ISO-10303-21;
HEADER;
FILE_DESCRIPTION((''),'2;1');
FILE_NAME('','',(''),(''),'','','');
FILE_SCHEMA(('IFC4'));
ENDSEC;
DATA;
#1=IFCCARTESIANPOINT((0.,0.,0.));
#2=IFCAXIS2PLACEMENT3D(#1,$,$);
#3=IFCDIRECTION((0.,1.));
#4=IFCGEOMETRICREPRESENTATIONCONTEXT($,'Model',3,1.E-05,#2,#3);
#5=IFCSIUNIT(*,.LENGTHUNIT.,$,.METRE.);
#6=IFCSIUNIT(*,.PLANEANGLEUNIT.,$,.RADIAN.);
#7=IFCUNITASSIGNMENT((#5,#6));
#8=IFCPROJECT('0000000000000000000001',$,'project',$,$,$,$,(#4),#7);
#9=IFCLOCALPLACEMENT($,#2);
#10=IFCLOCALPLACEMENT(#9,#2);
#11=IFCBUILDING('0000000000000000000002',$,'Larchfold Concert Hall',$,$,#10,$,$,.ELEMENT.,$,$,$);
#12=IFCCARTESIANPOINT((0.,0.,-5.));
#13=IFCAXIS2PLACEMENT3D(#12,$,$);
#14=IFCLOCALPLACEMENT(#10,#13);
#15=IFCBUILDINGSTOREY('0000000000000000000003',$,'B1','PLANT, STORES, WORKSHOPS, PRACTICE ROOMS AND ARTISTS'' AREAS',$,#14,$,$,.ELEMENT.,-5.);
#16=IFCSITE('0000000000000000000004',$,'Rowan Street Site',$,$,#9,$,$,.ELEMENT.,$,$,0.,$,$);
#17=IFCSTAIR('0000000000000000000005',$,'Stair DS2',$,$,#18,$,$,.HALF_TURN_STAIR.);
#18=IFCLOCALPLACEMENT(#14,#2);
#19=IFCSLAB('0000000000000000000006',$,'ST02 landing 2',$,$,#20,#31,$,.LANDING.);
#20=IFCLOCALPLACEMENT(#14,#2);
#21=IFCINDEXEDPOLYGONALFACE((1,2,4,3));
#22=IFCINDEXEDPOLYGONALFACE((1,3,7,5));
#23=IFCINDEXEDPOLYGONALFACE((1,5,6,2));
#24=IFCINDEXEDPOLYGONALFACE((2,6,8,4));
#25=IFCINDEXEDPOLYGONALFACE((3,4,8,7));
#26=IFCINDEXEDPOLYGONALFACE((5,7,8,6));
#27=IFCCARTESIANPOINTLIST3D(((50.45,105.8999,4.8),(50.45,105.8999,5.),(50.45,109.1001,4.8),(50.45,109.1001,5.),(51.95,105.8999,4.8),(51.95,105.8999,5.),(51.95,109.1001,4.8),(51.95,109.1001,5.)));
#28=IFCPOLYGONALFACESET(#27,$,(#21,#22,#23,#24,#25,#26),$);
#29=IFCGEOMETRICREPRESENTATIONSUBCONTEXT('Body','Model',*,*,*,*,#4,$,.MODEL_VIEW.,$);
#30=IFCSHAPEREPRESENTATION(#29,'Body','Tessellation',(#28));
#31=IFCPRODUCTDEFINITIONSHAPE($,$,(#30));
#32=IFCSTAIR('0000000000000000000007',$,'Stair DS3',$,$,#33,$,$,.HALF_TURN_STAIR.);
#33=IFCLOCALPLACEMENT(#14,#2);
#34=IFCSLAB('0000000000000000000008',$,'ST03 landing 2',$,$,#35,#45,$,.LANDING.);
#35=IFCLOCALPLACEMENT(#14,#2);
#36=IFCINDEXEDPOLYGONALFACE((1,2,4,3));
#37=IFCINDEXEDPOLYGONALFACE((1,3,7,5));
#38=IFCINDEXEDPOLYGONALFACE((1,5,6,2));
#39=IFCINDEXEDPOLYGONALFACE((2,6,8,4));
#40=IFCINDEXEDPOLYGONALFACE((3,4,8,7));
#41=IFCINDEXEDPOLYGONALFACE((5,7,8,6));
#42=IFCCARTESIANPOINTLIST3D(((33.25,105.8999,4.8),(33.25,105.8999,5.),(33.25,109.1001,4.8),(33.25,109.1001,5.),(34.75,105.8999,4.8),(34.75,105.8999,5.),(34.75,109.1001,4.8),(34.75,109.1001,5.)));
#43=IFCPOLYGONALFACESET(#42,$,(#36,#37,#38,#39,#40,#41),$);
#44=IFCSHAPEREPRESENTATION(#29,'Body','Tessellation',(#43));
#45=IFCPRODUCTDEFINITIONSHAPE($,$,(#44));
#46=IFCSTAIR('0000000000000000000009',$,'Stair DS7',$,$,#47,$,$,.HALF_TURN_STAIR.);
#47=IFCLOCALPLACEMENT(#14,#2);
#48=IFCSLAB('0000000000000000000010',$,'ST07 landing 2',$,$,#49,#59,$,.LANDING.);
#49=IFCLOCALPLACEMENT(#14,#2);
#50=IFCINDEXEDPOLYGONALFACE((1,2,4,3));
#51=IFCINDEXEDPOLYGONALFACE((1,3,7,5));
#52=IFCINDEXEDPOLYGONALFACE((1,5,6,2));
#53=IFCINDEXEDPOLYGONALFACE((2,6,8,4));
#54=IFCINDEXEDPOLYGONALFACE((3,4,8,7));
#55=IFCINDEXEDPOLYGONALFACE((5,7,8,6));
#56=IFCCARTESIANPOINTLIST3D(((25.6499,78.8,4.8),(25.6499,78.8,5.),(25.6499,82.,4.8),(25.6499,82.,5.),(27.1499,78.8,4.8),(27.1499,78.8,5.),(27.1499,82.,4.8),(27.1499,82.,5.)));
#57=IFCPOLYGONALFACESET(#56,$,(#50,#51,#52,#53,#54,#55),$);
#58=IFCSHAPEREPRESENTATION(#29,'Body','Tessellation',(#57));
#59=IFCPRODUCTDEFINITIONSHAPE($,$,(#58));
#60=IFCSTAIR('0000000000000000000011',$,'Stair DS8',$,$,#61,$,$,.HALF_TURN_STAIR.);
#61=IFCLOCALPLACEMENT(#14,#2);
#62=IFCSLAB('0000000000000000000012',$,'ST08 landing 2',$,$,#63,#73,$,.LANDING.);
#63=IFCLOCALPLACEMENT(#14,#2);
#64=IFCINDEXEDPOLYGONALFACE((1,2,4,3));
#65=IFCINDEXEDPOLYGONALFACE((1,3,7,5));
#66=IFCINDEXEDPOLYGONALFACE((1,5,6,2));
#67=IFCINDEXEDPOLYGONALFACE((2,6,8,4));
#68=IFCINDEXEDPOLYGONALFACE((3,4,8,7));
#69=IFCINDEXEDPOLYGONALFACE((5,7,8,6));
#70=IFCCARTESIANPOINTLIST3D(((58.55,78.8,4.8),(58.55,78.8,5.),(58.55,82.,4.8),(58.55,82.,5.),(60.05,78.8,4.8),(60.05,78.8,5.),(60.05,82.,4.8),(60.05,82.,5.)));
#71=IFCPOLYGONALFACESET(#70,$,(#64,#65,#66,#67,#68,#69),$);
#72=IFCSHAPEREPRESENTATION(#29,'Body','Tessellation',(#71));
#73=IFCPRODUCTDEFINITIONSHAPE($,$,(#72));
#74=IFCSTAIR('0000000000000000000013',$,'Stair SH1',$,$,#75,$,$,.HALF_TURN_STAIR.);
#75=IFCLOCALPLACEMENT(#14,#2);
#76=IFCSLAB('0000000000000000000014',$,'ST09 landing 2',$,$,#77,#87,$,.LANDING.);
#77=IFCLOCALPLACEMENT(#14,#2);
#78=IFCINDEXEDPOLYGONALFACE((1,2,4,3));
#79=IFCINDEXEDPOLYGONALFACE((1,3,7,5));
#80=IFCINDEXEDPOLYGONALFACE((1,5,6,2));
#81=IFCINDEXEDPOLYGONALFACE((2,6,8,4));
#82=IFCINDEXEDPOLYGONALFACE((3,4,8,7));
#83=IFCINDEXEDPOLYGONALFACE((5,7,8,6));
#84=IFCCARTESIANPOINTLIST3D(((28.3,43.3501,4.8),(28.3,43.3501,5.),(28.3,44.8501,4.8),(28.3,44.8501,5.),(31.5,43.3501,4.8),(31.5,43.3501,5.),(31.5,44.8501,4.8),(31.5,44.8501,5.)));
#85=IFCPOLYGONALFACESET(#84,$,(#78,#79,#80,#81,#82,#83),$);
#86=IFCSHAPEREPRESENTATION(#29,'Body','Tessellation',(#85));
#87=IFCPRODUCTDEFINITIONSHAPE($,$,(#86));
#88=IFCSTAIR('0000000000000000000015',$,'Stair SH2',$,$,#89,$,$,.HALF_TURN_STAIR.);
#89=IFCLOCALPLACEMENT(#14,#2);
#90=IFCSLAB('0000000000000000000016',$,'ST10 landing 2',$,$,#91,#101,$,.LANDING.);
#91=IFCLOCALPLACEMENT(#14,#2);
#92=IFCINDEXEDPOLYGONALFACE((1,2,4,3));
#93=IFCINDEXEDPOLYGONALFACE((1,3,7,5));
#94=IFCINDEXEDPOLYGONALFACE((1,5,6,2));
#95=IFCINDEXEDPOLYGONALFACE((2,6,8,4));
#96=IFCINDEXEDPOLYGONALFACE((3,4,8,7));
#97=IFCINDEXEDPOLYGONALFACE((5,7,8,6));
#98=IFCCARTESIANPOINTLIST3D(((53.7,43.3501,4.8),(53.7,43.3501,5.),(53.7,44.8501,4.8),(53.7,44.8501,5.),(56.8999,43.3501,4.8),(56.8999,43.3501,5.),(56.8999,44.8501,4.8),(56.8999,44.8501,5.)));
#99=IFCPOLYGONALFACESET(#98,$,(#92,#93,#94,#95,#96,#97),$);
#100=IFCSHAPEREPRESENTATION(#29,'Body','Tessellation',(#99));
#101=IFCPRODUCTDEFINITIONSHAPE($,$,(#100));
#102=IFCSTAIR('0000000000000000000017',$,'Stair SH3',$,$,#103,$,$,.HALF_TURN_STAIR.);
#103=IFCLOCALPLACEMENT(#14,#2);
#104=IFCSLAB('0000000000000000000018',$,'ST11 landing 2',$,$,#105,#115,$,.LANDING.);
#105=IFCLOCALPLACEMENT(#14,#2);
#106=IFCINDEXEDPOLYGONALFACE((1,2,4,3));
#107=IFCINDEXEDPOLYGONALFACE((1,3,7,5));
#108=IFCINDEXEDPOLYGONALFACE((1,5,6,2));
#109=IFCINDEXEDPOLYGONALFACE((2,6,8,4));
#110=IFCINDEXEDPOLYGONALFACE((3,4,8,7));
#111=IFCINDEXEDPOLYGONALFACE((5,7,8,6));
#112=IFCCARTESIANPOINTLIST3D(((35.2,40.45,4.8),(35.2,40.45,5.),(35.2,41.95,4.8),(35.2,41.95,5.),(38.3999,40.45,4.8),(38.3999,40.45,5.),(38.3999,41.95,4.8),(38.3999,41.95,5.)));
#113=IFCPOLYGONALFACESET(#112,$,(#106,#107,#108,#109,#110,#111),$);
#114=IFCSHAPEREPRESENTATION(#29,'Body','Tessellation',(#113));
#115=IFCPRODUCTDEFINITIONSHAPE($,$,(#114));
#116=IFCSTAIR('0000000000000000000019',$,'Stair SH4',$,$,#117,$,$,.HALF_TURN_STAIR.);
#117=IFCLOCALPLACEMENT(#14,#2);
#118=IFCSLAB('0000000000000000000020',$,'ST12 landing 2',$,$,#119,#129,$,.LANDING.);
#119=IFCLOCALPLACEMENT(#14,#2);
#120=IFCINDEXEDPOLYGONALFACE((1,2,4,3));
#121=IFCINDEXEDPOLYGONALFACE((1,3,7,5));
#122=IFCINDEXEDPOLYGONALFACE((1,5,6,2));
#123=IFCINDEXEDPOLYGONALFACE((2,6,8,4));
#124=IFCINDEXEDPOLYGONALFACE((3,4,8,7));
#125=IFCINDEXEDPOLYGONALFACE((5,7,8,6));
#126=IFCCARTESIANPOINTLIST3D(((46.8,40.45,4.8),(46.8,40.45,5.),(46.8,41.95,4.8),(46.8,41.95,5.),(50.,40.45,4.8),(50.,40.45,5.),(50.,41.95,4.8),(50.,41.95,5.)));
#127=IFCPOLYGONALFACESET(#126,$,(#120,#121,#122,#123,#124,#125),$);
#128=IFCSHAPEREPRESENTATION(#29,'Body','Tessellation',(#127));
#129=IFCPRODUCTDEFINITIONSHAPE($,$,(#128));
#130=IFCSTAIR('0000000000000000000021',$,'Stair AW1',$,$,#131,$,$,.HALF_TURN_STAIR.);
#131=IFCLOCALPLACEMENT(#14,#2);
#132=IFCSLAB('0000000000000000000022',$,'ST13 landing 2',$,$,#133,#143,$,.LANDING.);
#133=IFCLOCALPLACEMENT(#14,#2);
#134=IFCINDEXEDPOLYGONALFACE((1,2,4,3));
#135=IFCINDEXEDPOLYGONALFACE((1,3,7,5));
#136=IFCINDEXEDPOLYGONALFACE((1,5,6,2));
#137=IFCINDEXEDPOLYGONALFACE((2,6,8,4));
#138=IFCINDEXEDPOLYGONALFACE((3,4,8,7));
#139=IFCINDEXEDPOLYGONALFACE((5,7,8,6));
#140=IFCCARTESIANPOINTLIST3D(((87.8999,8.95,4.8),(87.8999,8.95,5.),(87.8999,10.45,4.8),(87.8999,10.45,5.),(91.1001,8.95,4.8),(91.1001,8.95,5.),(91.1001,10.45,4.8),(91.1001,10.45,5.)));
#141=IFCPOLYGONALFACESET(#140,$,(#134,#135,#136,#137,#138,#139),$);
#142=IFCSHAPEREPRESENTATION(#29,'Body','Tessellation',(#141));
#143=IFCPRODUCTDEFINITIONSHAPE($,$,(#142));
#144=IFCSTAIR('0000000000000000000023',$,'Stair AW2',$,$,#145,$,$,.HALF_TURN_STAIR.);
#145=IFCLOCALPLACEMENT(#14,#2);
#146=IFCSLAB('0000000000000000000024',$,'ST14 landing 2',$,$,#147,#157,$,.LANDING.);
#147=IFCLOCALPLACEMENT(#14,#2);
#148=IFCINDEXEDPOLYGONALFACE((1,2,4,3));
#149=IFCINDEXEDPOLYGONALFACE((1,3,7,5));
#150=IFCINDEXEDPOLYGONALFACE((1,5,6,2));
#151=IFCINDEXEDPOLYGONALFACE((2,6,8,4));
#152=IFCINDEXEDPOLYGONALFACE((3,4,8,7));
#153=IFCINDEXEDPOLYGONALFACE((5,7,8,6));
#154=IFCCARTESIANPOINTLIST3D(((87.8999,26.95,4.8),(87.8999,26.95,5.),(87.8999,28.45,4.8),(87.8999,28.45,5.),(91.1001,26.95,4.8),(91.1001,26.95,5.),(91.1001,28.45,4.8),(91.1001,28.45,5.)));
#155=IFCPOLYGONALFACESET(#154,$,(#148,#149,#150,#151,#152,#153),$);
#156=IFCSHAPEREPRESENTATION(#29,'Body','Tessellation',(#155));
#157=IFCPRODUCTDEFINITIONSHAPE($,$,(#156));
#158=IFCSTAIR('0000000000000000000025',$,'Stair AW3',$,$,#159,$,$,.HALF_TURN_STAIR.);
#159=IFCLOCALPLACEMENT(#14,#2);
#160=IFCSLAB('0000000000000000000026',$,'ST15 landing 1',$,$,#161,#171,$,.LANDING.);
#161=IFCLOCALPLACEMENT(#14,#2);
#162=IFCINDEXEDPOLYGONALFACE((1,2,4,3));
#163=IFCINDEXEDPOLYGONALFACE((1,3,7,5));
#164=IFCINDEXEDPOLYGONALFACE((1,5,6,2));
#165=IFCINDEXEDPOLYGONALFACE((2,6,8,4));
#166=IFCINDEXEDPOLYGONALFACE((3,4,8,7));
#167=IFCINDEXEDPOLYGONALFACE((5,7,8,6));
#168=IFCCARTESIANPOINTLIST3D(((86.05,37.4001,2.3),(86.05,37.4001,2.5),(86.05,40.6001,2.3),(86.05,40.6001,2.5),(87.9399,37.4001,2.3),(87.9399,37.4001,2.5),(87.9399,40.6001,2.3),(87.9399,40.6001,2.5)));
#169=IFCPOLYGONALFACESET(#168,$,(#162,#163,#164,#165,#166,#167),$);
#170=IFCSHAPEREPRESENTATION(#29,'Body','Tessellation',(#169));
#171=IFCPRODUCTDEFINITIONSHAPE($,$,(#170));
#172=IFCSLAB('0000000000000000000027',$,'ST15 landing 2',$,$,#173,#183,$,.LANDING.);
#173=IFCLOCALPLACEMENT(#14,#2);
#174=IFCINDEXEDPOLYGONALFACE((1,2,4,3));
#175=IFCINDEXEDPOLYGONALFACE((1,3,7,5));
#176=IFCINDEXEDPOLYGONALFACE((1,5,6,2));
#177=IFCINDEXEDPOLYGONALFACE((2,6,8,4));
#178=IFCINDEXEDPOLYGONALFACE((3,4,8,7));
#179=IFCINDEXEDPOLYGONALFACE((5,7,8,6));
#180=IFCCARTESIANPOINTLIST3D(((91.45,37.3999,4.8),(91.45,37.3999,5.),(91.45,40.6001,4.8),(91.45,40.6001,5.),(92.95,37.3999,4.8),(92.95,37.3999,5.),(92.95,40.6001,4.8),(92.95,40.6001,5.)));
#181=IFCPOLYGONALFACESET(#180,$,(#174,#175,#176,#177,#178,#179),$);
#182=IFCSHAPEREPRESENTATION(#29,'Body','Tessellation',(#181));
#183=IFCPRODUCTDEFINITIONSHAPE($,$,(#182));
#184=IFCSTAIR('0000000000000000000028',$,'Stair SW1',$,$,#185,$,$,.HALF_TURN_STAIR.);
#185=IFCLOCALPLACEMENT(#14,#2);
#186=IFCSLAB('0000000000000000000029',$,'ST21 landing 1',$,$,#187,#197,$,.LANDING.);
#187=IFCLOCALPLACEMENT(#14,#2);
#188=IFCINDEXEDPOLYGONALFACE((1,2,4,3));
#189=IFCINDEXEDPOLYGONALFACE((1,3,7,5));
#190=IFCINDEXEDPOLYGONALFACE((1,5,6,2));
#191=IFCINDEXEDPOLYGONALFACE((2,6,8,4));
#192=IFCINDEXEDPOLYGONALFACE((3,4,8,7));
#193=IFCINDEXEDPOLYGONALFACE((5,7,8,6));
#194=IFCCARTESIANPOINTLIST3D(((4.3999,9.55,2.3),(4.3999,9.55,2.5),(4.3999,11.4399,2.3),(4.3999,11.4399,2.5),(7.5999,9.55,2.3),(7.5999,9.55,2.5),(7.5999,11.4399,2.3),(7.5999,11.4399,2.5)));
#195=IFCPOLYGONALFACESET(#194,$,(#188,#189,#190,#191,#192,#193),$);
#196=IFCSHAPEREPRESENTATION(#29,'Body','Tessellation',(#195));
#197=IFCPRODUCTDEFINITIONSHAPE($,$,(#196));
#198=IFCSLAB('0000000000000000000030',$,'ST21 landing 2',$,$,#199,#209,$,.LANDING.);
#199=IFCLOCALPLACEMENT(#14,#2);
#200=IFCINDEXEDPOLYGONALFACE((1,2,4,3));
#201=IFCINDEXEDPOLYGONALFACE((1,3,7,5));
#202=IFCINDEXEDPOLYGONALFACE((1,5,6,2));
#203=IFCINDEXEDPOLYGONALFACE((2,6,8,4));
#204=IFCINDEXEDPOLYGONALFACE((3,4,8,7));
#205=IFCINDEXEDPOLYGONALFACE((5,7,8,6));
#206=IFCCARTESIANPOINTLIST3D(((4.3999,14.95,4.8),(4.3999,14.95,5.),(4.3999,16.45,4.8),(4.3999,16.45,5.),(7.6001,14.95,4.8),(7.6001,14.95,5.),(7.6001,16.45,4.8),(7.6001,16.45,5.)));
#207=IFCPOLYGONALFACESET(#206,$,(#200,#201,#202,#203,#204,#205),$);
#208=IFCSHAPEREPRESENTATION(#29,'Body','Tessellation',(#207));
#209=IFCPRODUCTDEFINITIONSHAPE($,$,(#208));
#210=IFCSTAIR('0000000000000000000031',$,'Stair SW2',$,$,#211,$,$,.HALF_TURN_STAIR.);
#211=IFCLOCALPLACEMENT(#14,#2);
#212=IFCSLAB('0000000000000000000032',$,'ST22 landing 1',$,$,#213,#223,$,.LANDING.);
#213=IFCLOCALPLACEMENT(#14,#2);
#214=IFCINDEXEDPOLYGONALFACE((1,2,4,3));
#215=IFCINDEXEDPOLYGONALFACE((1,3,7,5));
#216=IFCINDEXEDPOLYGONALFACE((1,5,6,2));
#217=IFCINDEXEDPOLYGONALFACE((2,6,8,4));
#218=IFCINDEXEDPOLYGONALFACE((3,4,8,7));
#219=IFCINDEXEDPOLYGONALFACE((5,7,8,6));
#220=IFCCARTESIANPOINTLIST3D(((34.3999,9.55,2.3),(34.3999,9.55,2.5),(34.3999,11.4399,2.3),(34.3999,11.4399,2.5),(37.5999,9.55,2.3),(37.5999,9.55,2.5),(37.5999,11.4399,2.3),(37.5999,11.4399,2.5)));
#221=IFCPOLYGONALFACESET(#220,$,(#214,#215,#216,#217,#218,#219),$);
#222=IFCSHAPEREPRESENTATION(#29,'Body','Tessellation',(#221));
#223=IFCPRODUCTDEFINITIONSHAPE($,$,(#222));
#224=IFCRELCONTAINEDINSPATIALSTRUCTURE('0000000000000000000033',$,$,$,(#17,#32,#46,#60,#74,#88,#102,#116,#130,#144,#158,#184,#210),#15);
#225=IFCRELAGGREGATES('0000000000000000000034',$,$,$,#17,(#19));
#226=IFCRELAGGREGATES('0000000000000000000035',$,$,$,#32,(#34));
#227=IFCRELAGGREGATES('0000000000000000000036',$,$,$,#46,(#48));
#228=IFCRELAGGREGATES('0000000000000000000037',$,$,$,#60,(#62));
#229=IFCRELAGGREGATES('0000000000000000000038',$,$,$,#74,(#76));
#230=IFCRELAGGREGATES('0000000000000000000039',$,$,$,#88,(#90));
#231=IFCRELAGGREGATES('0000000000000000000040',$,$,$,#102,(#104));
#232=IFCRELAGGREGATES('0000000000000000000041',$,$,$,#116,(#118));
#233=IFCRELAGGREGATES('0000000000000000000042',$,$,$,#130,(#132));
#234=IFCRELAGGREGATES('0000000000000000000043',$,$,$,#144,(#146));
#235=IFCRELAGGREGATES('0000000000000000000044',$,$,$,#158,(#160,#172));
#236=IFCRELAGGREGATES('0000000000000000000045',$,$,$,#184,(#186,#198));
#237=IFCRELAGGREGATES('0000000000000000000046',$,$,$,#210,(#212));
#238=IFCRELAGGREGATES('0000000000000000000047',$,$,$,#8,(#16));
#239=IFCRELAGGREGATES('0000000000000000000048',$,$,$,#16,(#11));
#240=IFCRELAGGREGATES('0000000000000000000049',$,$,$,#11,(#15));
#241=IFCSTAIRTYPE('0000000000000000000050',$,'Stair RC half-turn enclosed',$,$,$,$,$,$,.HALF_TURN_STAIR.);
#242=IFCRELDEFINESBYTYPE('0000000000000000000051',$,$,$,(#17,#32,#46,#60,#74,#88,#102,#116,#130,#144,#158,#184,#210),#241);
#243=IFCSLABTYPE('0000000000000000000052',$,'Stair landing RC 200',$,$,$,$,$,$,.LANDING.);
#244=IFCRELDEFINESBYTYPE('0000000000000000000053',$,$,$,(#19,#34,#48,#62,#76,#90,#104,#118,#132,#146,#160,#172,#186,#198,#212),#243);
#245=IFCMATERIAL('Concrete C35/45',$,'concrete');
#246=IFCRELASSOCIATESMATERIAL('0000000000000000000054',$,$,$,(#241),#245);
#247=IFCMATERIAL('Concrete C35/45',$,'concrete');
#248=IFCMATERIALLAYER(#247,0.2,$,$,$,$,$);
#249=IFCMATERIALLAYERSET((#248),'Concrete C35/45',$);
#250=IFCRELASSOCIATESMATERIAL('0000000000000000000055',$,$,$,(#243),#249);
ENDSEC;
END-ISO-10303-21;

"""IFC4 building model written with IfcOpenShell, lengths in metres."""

from ifc_helpers import new_model, si_unit, direction, frame, origin, place, context, subcontext, project, spatial, polyline, outline, extrude, material, layer, layer_set, type_object, element, aggregate, save


model = new_model("IFC4")

# Units and contexts
model_context = context("Model", 3, precision=1e-05, world=origin(), true_north=direction((0.0, 1.0)))
body_context = subcontext(model_context, "Body", "Model", "MODEL_VIEW")
ifc_project = project(units=[si_unit("LENGTHUNIT", "METRE"), si_unit("PLANEANGLEUNIT", "RADIAN")], contexts=[model_context])

# Site, building, storey
site_placement = place(None, origin())
site = spatial("IfcSite", under=ifc_project, at=site_placement, Name="Rowan Street Site", CompositionType="ELEMENT", RefElevation=0.0)
building_placement = place(site_placement, origin())
building = spatial("IfcBuilding", under=site, at=building_placement, Name="Larchfold Concert Hall", CompositionType="ELEMENT")
storey_placement = place(building_placement, frame((0.0, 0.0, -5.0)))
storey = spatial("IfcBuildingStorey", under=building, at=storey_placement, Name="B1", Description="PLANT, STORES, WORKSHOPS, PRACTICE ROOMS AND ARTISTS' AREAS", CompositionType="ELEMENT", Elevation=-5.0)

# Stairs, slabs
ifc_material_1 = material(Name="Concrete C35/45", Category="concrete")
stair_type = type_object("IfcStairType", Name="Stair RC half-turn enclosed", PredefinedType="HALF_TURN_STAIR", material=ifc_material_1)
stair_1_placement = place(storey_placement, origin())
stair_1 = element("IfcStair", 1, at=stair_1_placement, inside=storey, type_object=stair_type, Name="Stair DS2", PredefinedType="HALF_TURN_STAIR")
ifc_material_2 = material(Name="Concrete C35/45", Category="concrete")
ifc_layer_1 = layer(ifc_material_2, 0.2)
ifc_layer_set_1 = layer_set([ifc_layer_1], Name="Concrete C35/45")
slab_type = type_object("IfcSlabType", Name="Stair landing RC 200", PredefinedType="LANDING", material=ifc_layer_set_1)
slab_1_placement = place(storey_placement, frame((0.0, 0.0, 4.8)))
slab_1 = element("IfcSlab", 2, at=slab_1_placement, type_object=slab_type, Name="ST02 landing 2", PredefinedType="LANDING", context=body_context, shape_type="SweptSolid", body=[
    extrude(outline(polyline([(50.45, 105.8999), (51.95, 105.8999), (51.95, 109.1001), (50.45, 109.1001), (50.45, 105.8999)])), origin(), (0.0, 0.0, 1.0), 0.2),
])
aggregate(stair_1, [slab_1])
stair_2_placement = place(storey_placement, origin())
stair_2 = element("IfcStair", 3, at=stair_2_placement, inside=storey, type_object=stair_type, Name="Stair DS3", PredefinedType="HALF_TURN_STAIR")
slab_2_placement = place(storey_placement, frame((0.0, 0.0, 4.8)))
slab_2 = element("IfcSlab", 4, at=slab_2_placement, type_object=slab_type, Name="ST03 landing 2", PredefinedType="LANDING", context=body_context, shape_type="SweptSolid", body=[
    extrude(outline(polyline([(34.75, 109.1001), (33.25, 109.1001), (33.25, 105.8999), (34.75, 105.8999), (34.75, 109.1001)])), origin(), (0.0, 0.0, 1.0), 0.2),
])
aggregate(stair_2, [slab_2])
stair_3_placement = place(storey_placement, origin())
stair_3 = element("IfcStair", 5, at=stair_3_placement, inside=storey, type_object=stair_type, Name="Stair DS7", PredefinedType="HALF_TURN_STAIR")
slab_3_placement = place(storey_placement, frame((0.0, 0.0, 4.8)))
slab_3 = element("IfcSlab", 6, at=slab_3_placement, type_object=slab_type, Name="ST07 landing 2", PredefinedType="LANDING", context=body_context, shape_type="SweptSolid", body=[
    extrude(outline(polyline([(27.1499, 82.0), (25.6499, 82.0), (25.6499, 78.8), (27.1499, 78.8), (27.1499, 82.0)])), origin(), (0.0, 0.0, 1.0), 0.2),
])
aggregate(stair_3, [slab_3])
stair_4_placement = place(storey_placement, origin())
stair_4 = element("IfcStair", 7, at=stair_4_placement, inside=storey, type_object=stair_type, Name="Stair DS8", PredefinedType="HALF_TURN_STAIR")
slab_4_placement = place(storey_placement, frame((0.0, 0.0, 4.8)))
slab_4 = element("IfcSlab", 8, at=slab_4_placement, type_object=slab_type, Name="ST08 landing 2", PredefinedType="LANDING", context=body_context, shape_type="SweptSolid", body=[
    extrude(outline(polyline([(58.55, 78.8), (60.05, 78.8), (60.05, 82.0), (58.55, 82.0), (58.55, 78.8)])), origin(), (0.0, 0.0, 1.0), 0.2),
])
aggregate(stair_4, [slab_4])
stair_5_placement = place(storey_placement, origin())
stair_5 = element("IfcStair", 9, at=stair_5_placement, inside=storey, type_object=stair_type, Name="Stair SH1", PredefinedType="HALF_TURN_STAIR")
slab_5_placement = place(storey_placement, frame((0.0, 0.0, 4.8)))
slab_5 = element("IfcSlab", 10, at=slab_5_placement, type_object=slab_type, Name="ST09 landing 2", PredefinedType="LANDING", context=body_context, shape_type="SweptSolid", body=[
    extrude(outline(polyline([(31.5, 43.3501), (31.5, 44.8501), (28.3, 44.8501), (28.3, 43.3501), (31.5, 43.3501)])), origin(), (0.0, 0.0, 1.0), 0.2),
])
aggregate(stair_5, [slab_5])
stair_6_placement = place(storey_placement, origin())
stair_6 = element("IfcStair", 11, at=stair_6_placement, inside=storey, type_object=stair_type, Name="Stair SH2", PredefinedType="HALF_TURN_STAIR")
slab_6_placement = place(storey_placement, frame((0.0, 0.0, 4.8)))
slab_6 = element("IfcSlab", 12, at=slab_6_placement, type_object=slab_type, Name="ST10 landing 2", PredefinedType="LANDING", context=body_context, shape_type="SweptSolid", body=[
    extrude(outline(polyline([(56.8999, 43.3501), (56.8999, 44.8501), (53.7, 44.8501), (53.7, 43.3501), (56.8999, 43.3501)])), origin(), (0.0, 0.0, 1.0), 0.2),
])
aggregate(stair_6, [slab_6])
stair_7_placement = place(storey_placement, origin())
stair_7 = element("IfcStair", 13, at=stair_7_placement, inside=storey, type_object=stair_type, Name="Stair SH3", PredefinedType="HALF_TURN_STAIR")
slab_7_placement = place(storey_placement, frame((0.0, 0.0, 4.8)))
slab_7 = element("IfcSlab", 14, at=slab_7_placement, type_object=slab_type, Name="ST11 landing 2", PredefinedType="LANDING", context=body_context, shape_type="SweptSolid", body=[
    extrude(outline(polyline([(35.2, 41.95), (35.2, 40.45), (38.3999, 40.45), (38.3999, 41.95), (35.2, 41.95)])), origin(), (0.0, 0.0, 1.0), 0.2),
])
aggregate(stair_7, [slab_7])
stair_8_placement = place(storey_placement, origin())
stair_8 = element("IfcStair", 15, at=stair_8_placement, inside=storey, type_object=stair_type, Name="Stair SH4", PredefinedType="HALF_TURN_STAIR")
slab_8_placement = place(storey_placement, frame((0.0, 0.0, 4.8)))
slab_8 = element("IfcSlab", 16, at=slab_8_placement, type_object=slab_type, Name="ST12 landing 2", PredefinedType="LANDING", context=body_context, shape_type="SweptSolid", body=[
    extrude(outline(polyline([(46.8, 41.95), (46.8, 40.45), (50.0, 40.45), (50.0, 41.95), (46.8, 41.95)])), origin(), (0.0, 0.0, 1.0), 0.2),
])
aggregate(stair_8, [slab_8])
stair_9_placement = place(storey_placement, origin())
stair_9 = element("IfcStair", 17, at=stair_9_placement, inside=storey, type_object=stair_type, Name="Stair AW1", PredefinedType="HALF_TURN_STAIR")
slab_9_placement = place(storey_placement, frame((0.0, 0.0, 4.8)))
slab_9 = element("IfcSlab", 18, at=slab_9_placement, type_object=slab_type, Name="ST13 landing 2", PredefinedType="LANDING", context=body_context, shape_type="SweptSolid", body=[
    extrude(outline(polyline([(87.8999, 10.45), (87.8999, 8.95), (91.1001, 8.95), (91.1001, 10.45), (87.8999, 10.45)])), origin(), (0.0, 0.0, 1.0), 0.2),
])
aggregate(stair_9, [slab_9])
stair_10_placement = place(storey_placement, origin())
stair_10 = element("IfcStair", 19, at=stair_10_placement, inside=storey, type_object=stair_type, Name="Stair AW2", PredefinedType="HALF_TURN_STAIR")
slab_10_placement = place(storey_placement, frame((0.0, 0.0, 4.8)))
slab_10 = element("IfcSlab", 20, at=slab_10_placement, type_object=slab_type, Name="ST14 landing 2", PredefinedType="LANDING", context=body_context, shape_type="SweptSolid", body=[
    extrude(outline(polyline([(87.8999, 28.45), (87.8999, 26.95), (91.1001, 26.95), (91.1001, 28.45), (87.8999, 28.45)])), origin(), (0.0, 0.0, 1.0), 0.2),
])
aggregate(stair_10, [slab_10])

# Stairs, slabs
stair_11_placement = place(storey_placement, origin())
stair_11 = element("IfcStair", 21, at=stair_11_placement, inside=storey, type_object=stair_type, Name="Stair AW3", PredefinedType="HALF_TURN_STAIR")
slab_11_placement = place(storey_placement, frame((0.0, 0.0, 2.3)))
slab_11 = element("IfcSlab", 22, at=slab_11_placement, type_object=slab_type, Name="ST15 landing 1", PredefinedType="LANDING", context=body_context, shape_type="SweptSolid", body=[
    extrude(outline(polyline([(87.9399, 40.6001), (86.05, 40.6001), (86.05, 37.4001), (87.9399, 37.4001), (87.9399, 40.6001)])), origin(), (0.0, 0.0, 1.0), 0.2),
])
slab_12_placement = place(storey_placement, frame((0.0, 0.0, 4.8)))
slab_12 = element("IfcSlab", 23, at=slab_12_placement, type_object=slab_type, Name="ST15 landing 2", PredefinedType="LANDING", context=body_context, shape_type="SweptSolid", body=[
    extrude(outline(polyline([(92.95, 40.6001), (91.45, 40.6001), (91.45, 37.3999), (92.95, 37.3999), (92.95, 40.6001)])), origin(), (0.0, 0.0, 1.0), 0.2),
])
aggregate(stair_11, [slab_11, slab_12])
stair_12_placement = place(storey_placement, origin())
stair_12 = element("IfcStair", 24, at=stair_12_placement, inside=storey, type_object=stair_type, Name="Stair SW1", PredefinedType="HALF_TURN_STAIR")
slab_13_placement = place(storey_placement, frame((0.0, 0.0, 2.3)))
slab_13 = element("IfcSlab", 25, at=slab_13_placement, type_object=slab_type, Name="ST21 landing 1", PredefinedType="LANDING", context=body_context, shape_type="SweptSolid", body=[
    extrude(outline(polyline([(4.3999, 11.4399), (4.3999, 9.55), (7.5999, 9.55), (7.5999, 11.4399), (4.3999, 11.4399)])), origin(), (0.0, 0.0, 1.0), 0.2),
])
slab_14_placement = place(storey_placement, frame((0.0, 0.0, 4.8)))
slab_14 = element("IfcSlab", 26, at=slab_14_placement, type_object=slab_type, Name="ST21 landing 2", PredefinedType="LANDING", context=body_context, shape_type="SweptSolid", body=[
    extrude(outline(polyline([(4.3999, 16.45), (4.3999, 14.95), (7.6001, 14.95), (7.6001, 16.45), (4.3999, 16.45)])), origin(), (0.0, 0.0, 1.0), 0.2),
])
aggregate(stair_12, [slab_13, slab_14])
stair_13_placement = place(storey_placement, origin())
stair_13 = element("IfcStair", 27, at=stair_13_placement, inside=storey, type_object=stair_type, Name="Stair SW2", PredefinedType="HALF_TURN_STAIR")
slab_15_placement = place(storey_placement, frame((0.0, 0.0, 2.3)))
slab_15 = element("IfcSlab", 28, at=slab_15_placement, type_object=slab_type, Name="ST22 landing 1", PredefinedType="LANDING", context=body_context, shape_type="SweptSolid", body=[
    extrude(outline(polyline([(34.3999, 11.4399), (34.3999, 9.55), (37.5999, 9.55), (37.5999, 11.4399), (34.3999, 11.4399)])), origin(), (0.0, 0.0, 1.0), 0.2),
])
aggregate(stair_13, [slab_15])

save(model, "model.ifc")
